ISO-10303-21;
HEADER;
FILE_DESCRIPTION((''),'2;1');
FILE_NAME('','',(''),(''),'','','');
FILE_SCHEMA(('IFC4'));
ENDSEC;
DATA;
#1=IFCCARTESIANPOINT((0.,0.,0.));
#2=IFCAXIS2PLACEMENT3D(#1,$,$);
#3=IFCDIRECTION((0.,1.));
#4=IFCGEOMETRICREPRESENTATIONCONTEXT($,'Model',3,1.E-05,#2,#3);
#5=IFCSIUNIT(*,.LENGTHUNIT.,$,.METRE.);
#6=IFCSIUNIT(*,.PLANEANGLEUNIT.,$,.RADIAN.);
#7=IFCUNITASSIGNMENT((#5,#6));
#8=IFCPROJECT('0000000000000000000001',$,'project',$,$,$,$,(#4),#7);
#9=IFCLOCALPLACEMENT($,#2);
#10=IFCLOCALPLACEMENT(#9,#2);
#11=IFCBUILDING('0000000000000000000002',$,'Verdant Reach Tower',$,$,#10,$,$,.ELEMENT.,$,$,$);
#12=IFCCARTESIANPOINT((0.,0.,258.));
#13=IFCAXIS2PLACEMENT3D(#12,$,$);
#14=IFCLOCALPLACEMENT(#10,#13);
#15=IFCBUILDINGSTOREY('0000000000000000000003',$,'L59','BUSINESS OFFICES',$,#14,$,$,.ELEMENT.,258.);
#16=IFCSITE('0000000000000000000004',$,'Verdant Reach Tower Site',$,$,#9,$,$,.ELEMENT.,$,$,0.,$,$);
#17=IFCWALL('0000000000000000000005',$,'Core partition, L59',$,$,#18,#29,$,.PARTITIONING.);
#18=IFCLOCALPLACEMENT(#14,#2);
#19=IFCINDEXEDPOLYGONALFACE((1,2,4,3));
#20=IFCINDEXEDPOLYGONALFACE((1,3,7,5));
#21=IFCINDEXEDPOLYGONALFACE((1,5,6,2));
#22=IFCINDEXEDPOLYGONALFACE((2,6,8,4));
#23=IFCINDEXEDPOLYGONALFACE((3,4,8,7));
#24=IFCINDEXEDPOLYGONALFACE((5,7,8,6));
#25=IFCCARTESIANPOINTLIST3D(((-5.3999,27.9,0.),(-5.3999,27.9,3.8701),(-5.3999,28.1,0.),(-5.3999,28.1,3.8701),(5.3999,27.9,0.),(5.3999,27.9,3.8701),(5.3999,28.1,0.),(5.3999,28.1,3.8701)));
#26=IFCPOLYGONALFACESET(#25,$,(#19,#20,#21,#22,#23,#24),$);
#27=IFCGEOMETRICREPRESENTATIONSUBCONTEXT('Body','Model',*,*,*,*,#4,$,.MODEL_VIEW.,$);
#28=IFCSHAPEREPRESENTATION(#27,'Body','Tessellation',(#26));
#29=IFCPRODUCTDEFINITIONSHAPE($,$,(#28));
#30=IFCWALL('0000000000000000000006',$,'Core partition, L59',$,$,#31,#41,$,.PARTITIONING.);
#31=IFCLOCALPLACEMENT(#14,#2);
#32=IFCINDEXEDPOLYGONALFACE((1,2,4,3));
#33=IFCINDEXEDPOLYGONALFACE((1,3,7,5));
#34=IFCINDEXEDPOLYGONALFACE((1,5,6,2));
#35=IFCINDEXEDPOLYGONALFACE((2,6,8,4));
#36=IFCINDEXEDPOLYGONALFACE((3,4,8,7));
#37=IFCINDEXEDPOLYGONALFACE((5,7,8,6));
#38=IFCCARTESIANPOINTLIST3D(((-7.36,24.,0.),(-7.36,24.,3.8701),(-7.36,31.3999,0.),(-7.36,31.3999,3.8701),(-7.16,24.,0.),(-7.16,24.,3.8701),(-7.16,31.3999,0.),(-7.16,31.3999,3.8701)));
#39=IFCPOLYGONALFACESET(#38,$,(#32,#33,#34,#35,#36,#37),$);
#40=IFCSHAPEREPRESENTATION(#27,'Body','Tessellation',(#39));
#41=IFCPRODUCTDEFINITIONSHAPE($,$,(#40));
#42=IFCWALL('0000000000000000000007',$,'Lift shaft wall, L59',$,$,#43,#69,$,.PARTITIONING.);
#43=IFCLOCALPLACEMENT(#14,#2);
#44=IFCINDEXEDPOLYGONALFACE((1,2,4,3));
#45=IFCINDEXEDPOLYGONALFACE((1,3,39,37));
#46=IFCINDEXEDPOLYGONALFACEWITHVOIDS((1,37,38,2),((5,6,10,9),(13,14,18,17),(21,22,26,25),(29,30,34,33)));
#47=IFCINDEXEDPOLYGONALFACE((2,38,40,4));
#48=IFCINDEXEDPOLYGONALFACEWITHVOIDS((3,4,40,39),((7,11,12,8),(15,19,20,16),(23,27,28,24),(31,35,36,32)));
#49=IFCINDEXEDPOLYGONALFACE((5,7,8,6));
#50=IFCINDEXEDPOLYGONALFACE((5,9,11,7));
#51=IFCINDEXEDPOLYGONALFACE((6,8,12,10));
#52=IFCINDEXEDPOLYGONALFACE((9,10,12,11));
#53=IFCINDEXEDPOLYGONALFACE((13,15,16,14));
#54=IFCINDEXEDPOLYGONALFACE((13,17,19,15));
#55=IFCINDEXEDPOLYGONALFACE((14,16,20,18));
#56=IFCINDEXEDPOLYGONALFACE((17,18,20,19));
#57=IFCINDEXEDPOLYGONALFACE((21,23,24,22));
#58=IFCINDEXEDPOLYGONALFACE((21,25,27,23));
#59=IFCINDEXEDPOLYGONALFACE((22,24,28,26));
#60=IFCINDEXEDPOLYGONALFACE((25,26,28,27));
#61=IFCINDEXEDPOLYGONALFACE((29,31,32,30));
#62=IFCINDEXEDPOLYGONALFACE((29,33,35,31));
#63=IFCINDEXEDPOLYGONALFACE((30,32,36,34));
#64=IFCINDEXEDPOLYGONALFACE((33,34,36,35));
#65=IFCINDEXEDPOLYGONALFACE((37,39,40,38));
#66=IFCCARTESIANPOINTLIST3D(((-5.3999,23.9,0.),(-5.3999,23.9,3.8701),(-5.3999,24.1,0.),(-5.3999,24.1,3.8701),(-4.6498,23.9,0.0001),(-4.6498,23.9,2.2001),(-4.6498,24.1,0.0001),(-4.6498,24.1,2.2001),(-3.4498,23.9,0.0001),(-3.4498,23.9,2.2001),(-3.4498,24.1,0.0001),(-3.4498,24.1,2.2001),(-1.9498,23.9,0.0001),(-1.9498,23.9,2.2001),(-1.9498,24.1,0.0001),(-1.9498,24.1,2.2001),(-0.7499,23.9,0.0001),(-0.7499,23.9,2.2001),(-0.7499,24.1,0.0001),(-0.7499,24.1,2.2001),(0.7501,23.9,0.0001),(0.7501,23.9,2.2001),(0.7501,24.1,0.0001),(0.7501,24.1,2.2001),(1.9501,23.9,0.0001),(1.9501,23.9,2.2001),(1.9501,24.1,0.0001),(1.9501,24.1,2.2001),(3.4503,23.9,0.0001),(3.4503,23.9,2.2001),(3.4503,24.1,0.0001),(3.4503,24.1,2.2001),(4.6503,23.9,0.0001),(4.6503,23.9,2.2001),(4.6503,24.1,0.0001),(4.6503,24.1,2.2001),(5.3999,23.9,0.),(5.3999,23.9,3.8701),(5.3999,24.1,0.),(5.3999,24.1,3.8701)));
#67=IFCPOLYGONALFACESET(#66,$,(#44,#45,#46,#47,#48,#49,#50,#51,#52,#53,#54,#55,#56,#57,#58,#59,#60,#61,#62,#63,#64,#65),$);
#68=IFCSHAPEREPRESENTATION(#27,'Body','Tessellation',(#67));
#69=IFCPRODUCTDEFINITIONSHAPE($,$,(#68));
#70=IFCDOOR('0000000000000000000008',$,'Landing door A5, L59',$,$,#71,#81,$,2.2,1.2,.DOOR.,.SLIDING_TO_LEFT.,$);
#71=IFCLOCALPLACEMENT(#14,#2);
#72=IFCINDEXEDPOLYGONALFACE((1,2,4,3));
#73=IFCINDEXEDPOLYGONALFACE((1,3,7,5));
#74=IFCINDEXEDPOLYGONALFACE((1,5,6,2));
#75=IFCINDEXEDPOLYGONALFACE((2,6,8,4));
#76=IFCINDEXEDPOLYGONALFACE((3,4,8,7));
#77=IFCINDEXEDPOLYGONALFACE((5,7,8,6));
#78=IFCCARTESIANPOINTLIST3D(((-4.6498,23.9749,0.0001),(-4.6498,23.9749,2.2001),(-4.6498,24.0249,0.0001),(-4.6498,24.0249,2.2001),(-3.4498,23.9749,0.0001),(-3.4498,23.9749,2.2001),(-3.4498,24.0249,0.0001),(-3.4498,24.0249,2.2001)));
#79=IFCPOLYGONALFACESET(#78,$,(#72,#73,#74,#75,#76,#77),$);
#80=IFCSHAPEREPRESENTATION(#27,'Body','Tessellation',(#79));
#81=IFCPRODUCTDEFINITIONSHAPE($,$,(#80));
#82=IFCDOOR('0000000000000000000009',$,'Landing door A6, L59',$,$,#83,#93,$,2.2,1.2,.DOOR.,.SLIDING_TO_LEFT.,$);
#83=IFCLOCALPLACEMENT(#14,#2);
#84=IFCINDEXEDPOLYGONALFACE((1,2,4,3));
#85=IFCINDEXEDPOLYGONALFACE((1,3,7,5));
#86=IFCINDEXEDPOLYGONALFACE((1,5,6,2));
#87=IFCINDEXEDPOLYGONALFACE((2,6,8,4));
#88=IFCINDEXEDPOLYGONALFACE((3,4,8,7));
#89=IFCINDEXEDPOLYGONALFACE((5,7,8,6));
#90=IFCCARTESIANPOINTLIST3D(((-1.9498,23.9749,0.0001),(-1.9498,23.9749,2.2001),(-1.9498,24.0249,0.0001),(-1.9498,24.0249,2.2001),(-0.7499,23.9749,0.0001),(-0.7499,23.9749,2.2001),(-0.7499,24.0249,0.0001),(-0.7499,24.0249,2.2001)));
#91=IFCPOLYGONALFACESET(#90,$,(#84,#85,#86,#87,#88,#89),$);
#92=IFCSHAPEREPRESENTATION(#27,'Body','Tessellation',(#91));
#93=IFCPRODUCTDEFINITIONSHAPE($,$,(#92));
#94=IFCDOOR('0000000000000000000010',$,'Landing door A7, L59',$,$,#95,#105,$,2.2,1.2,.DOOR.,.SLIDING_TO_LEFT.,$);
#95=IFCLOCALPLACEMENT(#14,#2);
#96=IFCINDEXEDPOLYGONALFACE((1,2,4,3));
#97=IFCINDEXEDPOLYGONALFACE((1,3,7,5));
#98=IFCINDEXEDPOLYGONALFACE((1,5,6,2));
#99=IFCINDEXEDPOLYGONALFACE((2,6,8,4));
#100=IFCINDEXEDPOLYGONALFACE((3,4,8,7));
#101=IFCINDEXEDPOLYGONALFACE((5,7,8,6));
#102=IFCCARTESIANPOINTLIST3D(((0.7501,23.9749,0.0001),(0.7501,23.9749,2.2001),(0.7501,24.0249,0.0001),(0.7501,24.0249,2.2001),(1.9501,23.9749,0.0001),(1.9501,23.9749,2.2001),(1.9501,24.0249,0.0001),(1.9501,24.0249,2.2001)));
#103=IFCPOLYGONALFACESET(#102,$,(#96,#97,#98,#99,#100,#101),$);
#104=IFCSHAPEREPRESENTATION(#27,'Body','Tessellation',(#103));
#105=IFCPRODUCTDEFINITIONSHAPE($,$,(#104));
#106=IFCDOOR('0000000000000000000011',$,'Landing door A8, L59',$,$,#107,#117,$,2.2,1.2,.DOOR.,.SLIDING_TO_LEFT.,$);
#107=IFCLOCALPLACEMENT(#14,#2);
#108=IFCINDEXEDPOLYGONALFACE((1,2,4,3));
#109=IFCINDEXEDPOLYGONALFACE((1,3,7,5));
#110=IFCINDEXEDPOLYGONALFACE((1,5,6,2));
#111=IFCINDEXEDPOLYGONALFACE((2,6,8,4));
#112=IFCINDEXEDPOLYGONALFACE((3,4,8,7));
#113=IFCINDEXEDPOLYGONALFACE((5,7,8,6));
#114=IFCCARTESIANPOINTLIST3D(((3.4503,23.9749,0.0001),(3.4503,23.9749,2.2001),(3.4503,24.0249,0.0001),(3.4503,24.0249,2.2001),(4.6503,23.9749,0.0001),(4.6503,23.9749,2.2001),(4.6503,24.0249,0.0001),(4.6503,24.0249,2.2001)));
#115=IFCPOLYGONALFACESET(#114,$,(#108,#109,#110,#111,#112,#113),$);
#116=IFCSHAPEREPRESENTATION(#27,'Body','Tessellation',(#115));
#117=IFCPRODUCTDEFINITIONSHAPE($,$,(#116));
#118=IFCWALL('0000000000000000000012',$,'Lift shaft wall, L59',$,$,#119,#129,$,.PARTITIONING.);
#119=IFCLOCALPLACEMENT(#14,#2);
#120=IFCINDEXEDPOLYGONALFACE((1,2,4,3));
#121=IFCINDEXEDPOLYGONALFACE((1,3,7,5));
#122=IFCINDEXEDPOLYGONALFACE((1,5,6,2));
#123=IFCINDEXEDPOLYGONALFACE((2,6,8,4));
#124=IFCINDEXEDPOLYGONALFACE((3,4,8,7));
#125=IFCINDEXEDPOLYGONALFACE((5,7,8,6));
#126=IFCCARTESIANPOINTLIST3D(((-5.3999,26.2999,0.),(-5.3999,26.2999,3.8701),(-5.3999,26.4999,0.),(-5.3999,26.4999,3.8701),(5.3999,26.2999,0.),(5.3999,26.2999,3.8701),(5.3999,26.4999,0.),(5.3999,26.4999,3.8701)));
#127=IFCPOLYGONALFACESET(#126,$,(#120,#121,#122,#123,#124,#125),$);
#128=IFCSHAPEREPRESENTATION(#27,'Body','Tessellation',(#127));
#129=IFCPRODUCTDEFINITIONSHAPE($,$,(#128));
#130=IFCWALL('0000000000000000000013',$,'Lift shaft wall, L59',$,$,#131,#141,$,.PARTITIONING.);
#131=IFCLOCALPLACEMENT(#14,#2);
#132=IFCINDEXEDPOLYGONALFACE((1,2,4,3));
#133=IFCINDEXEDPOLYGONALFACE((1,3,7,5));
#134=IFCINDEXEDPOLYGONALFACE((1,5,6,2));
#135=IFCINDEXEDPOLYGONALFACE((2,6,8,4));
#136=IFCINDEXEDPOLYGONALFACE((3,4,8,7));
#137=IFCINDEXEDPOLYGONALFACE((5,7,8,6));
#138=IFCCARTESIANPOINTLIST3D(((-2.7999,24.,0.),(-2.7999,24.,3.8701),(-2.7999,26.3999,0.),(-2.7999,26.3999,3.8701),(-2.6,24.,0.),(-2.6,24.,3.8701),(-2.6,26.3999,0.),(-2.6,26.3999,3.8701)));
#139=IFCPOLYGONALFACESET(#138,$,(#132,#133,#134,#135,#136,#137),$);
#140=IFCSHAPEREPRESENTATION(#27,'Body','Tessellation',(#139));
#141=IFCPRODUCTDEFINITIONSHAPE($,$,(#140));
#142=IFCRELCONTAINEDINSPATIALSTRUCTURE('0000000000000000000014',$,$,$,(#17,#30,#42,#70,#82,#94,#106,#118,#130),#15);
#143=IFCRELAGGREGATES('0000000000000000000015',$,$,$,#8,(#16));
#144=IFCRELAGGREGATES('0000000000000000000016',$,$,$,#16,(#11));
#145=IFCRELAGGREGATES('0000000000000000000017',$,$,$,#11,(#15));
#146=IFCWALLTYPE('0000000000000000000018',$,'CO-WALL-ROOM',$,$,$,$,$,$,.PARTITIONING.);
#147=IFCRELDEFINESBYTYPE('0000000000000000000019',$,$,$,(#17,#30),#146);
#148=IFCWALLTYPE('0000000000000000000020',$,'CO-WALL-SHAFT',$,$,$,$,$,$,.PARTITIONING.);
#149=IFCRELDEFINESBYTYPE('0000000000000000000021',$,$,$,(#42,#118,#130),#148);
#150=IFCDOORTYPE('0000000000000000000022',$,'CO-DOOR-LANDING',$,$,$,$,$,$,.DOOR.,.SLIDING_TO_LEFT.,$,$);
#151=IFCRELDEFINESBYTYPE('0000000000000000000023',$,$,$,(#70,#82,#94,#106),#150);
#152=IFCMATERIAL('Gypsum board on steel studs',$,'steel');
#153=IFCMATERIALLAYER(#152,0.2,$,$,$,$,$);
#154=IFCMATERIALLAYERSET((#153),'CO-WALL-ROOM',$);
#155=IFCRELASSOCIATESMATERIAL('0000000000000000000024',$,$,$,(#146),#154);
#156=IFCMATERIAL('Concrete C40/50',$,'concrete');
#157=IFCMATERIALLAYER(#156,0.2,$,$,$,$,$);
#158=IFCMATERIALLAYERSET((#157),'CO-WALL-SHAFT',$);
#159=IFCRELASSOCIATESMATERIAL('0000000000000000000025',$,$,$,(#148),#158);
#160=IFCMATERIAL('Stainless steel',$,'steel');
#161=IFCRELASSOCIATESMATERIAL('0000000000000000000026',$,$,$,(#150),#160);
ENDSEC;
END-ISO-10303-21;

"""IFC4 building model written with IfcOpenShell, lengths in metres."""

from ifc_helpers import new_model, si_unit, direction, frame, frame_2d, origin, place, context, subcontext, project, spatial, rectangle, extrude, material, layer, layer_set, type_object, element, fill, save


model = new_model("IFC4")

# Units and contexts
model_context = context("Model", 3, precision=1e-05, world=origin(), true_north=direction((0.0, 1.0)))
body_context = subcontext(model_context, "Body", "Model", "MODEL_VIEW")
ifc_project = project(units=[si_unit("LENGTHUNIT", "METRE"), si_unit("PLANEANGLEUNIT", "RADIAN")], contexts=[model_context])

# Site, building, storey
site_placement = place(None, origin())
site = spatial("IfcSite", under=ifc_project, at=site_placement, Name="Verdant Reach Tower Site", CompositionType="ELEMENT", RefElevation=0.0)
building_placement = place(site_placement, origin())
building = spatial("IfcBuilding", under=site, at=building_placement, Name="Verdant Reach Tower", CompositionType="ELEMENT")
storey_placement = place(building_placement, frame((0.0, 0.0, 258.0)))
storey = spatial("IfcBuildingStorey", under=building, at=storey_placement, Name="L59", Description="BUSINESS OFFICES", CompositionType="ELEMENT", Elevation=258.0)

# Walls
ifc_material_1 = material(Name="Gypsum board on steel studs", Category="steel")
ifc_layer_1 = layer(ifc_material_1, 0.2)
ifc_layer_set_1 = layer_set([ifc_layer_1], Name="CO-WALL-ROOM")
wall_type_1 = type_object("IfcWallType", Name="CO-WALL-ROOM", PredefinedType="PARTITIONING", material=ifc_layer_set_1)
wall_1_placement = place(storey_placement, frame((-5.3999, 28.0, 0.0), z_axis=(0.0, 0.0, 1.0), x_axis=(1.0, 0.0, 0.0)))
element("IfcWall", 1, at=wall_1_placement, inside=storey, type_object=wall_type_1, Name="Core partition, L59", PredefinedType="PARTITIONING", context=body_context, shape_type="SweptSolid", body=[
    extrude(rectangle(XDim=10.7998, YDim=0.2, at=frame_2d((5.3999, 0.0))), origin(), (0.0, 0.0, 1.0), 3.8701),
])
wall_2_placement = place(storey_placement, frame((-7.26, 24.0, 0.0), z_axis=(0.0, 0.0, 1.0), x_axis=(0.0, 1.0, 0.0)))
element("IfcWall", 2, at=wall_2_placement, inside=storey, type_object=wall_type_1, Name="Core partition, L59", PredefinedType="PARTITIONING", context=body_context, shape_type="SweptSolid", body=[
    extrude(rectangle(XDim=7.3999, YDim=0.2, at=frame_2d((3.7, 0.0))), origin(), (0.0, 0.0, 1.0), 3.8701),
])

# Wall, openings, doors
ifc_material_2 = material(Name="Concrete C40/50", Category="concrete")
ifc_layer_2 = layer(ifc_material_2, 0.2)
ifc_layer_set_2 = layer_set([ifc_layer_2], Name="CO-WALL-SHAFT")
wall_type_2 = type_object("IfcWallType", Name="CO-WALL-SHAFT", PredefinedType="PARTITIONING", material=ifc_layer_set_2)
wall_3_placement = place(storey_placement, frame((-5.3999, 24.0, 0.0), z_axis=(0.0, 0.0, 1.0), x_axis=(1.0, 0.0, 0.0)))
wall_3 = element("IfcWall", 3, at=wall_3_placement, inside=storey, type_object=wall_type_2, Name="Lift shaft wall, L59", PredefinedType="PARTITIONING", context=body_context, shape_type="SweptSolid", body=[
    extrude(rectangle(XDim=10.7998, YDim=0.2, at=frame_2d((5.3999, 0.0))), origin(), (0.0, 0.0, 1.0), 3.8701),
])
opening_1_placement = place(wall_3_placement, frame((0.75, 0.0, 0.0)))
opening_1 = element("IfcOpeningElement", 4, at=opening_1_placement, cuts=wall_3, PredefinedType="OPENING", context=body_context, shape_type="SweptSolid", body=[
    extrude(rectangle(XDim=1.2, YDim=2.2, at=frame_2d((0.6001, 1.1001))), frame((0.0, 0.1099, 0.0), z_axis=(0.0, -1.0, 0.0), x_axis=(1.0, 0.0, 0.0)), (0.0, 0.0, 1.0), 0.22),
])
opening_2_placement = place(wall_3_placement, frame((3.45, 0.0, 0.0)))
opening_2 = element("IfcOpeningElement", 5, at=opening_2_placement, cuts=wall_3, PredefinedType="OPENING", context=body_context, shape_type="SweptSolid", body=[
    extrude(rectangle(XDim=1.2, YDim=2.2, at=frame_2d((0.6001, 1.1001))), frame((0.0, 0.1099, 0.0), z_axis=(0.0, -1.0, 0.0), x_axis=(1.0, 0.0, 0.0)), (0.0, 0.0, 1.0), 0.22),
])
opening_3_placement = place(wall_3_placement, frame((6.1499, 0.0, 0.0)))
opening_3 = element("IfcOpeningElement", 6, at=opening_3_placement, cuts=wall_3, PredefinedType="OPENING", context=body_context, shape_type="SweptSolid", body=[
    extrude(rectangle(XDim=1.2, YDim=2.2, at=frame_2d((0.6001, 1.1001))), frame((0.0, 0.1099, 0.0), z_axis=(0.0, -1.0, 0.0), x_axis=(1.0, 0.0, 0.0)), (0.0, 0.0, 1.0), 0.22),
])
opening_4_placement = place(wall_3_placement, frame((8.8501, 0.0, 0.0)))
opening_4 = element("IfcOpeningElement", 7, at=opening_4_placement, cuts=wall_3, PredefinedType="OPENING", context=body_context, shape_type="SweptSolid", body=[
    extrude(rectangle(XDim=1.2, YDim=2.2, at=frame_2d((0.6001, 1.1001))), frame((0.0, 0.1099, 0.0), z_axis=(0.0, -1.0, 0.0), x_axis=(1.0, 0.0, 0.0)), (0.0, 0.0, 1.0), 0.22),
])
ifc_material_3 = material(Name="Stainless steel", Category="steel")
door_type_1 = type_object("IfcDoorType", Name="CO-DOOR-LANDING", OperationType="SLIDING_TO_LEFT", PredefinedType="DOOR", material=ifc_material_3)
door_1_placement = place(opening_1_placement, origin())
door_1 = element("IfcDoor", 8, at=door_1_placement, inside=storey, type_object=door_type_1, Name="Landing door A5, L59", OperationType="SLIDING_TO_LEFT", OverallHeight=2.2, OverallWidth=1.2, PredefinedType="DOOR", context=body_context, shape_type="SweptSolid", body=[
    extrude(rectangle(XDim=1.2, YDim=2.2, at=frame_2d((0.6001, 1.1001))), frame((0.0, 0.0249, 0.0), z_axis=(0.0, -1.0, 0.0), x_axis=(1.0, 0.0, 0.0)), (0.0, 0.0, 1.0), 0.05),
])
fill(opening_1, door_1)
door_2_placement = place(opening_2_placement, origin())
door_2 = element("IfcDoor", 9, at=door_2_placement, inside=storey, type_object=door_type_1, Name="Landing door A6, L59", OperationType="SLIDING_TO_LEFT", OverallHeight=2.2, OverallWidth=1.2, PredefinedType="DOOR", context=body_context, shape_type="SweptSolid", body=[
    extrude(rectangle(XDim=1.2, YDim=2.2, at=frame_2d((0.6001, 1.1001))), frame((0.0, 0.0249, 0.0), z_axis=(0.0, -1.0, 0.0), x_axis=(1.0, 0.0, 0.0)), (0.0, 0.0, 1.0), 0.05),
])
fill(opening_2, door_2)
door_3_placement = place(opening_3_placement, origin())
door_3 = element("IfcDoor", 10, at=door_3_placement, inside=storey, type_object=door_type_1, Name="Landing door A7, L59", OperationType="SLIDING_TO_LEFT", OverallHeight=2.2, OverallWidth=1.2, PredefinedType="DOOR", context=body_context, shape_type="SweptSolid", body=[
    extrude(rectangle(XDim=1.2, YDim=2.2, at=frame_2d((0.6001, 1.1001))), frame((0.0, 0.0249, 0.0), z_axis=(0.0, -1.0, 0.0), x_axis=(1.0, 0.0, 0.0)), (0.0, 0.0, 1.0), 0.05),
])
fill(opening_3, door_3)
door_4_placement = place(opening_4_placement, origin())
door_4 = element("IfcDoor", 11, at=door_4_placement, inside=storey, type_object=door_type_1, Name="Landing door A8, L59", OperationType="SLIDING_TO_LEFT", OverallHeight=2.2, OverallWidth=1.2, PredefinedType="DOOR", context=body_context, shape_type="SweptSolid", body=[
    extrude(rectangle(XDim=1.2, YDim=2.2, at=frame_2d((0.6001, 1.1001))), frame((0.0, 0.0249, 0.0), z_axis=(0.0, -1.0, 0.0), x_axis=(1.0, 0.0, 0.0)), (0.0, 0.0, 1.0), 0.05),
])
fill(opening_4, door_4)

# Walls
wall_4_placement = place(storey_placement, frame((-5.3999, 26.3999, 0.0), z_axis=(0.0, 0.0, 1.0), x_axis=(1.0, 0.0, 0.0)))
element("IfcWall", 12, at=wall_4_placement, inside=storey, type_object=wall_type_2, Name="Lift shaft wall, L59", PredefinedType="PARTITIONING", context=body_context, shape_type="SweptSolid", body=[
    extrude(rectangle(XDim=10.7998, YDim=0.2, at=frame_2d((5.3999, 0.0))), origin(), (0.0, 0.0, 1.0), 3.8701),
])
wall_5_placement = place(storey_placement, frame((-2.7, 24.0, 0.0), z_axis=(0.0, 0.0, 1.0), x_axis=(0.0, 1.0, 0.0)))
element("IfcWall", 13, at=wall_5_placement, inside=storey, type_object=wall_type_2, Name="Lift shaft wall, L59", PredefinedType="PARTITIONING", context=body_context, shape_type="SweptSolid", body=[
    extrude(rectangle(XDim=2.3999, YDim=0.2, at=frame_2d((1.2, 0.0))), origin(), (0.0, 0.0, 1.0), 3.8701),
])

save(model, "model.ifc")
